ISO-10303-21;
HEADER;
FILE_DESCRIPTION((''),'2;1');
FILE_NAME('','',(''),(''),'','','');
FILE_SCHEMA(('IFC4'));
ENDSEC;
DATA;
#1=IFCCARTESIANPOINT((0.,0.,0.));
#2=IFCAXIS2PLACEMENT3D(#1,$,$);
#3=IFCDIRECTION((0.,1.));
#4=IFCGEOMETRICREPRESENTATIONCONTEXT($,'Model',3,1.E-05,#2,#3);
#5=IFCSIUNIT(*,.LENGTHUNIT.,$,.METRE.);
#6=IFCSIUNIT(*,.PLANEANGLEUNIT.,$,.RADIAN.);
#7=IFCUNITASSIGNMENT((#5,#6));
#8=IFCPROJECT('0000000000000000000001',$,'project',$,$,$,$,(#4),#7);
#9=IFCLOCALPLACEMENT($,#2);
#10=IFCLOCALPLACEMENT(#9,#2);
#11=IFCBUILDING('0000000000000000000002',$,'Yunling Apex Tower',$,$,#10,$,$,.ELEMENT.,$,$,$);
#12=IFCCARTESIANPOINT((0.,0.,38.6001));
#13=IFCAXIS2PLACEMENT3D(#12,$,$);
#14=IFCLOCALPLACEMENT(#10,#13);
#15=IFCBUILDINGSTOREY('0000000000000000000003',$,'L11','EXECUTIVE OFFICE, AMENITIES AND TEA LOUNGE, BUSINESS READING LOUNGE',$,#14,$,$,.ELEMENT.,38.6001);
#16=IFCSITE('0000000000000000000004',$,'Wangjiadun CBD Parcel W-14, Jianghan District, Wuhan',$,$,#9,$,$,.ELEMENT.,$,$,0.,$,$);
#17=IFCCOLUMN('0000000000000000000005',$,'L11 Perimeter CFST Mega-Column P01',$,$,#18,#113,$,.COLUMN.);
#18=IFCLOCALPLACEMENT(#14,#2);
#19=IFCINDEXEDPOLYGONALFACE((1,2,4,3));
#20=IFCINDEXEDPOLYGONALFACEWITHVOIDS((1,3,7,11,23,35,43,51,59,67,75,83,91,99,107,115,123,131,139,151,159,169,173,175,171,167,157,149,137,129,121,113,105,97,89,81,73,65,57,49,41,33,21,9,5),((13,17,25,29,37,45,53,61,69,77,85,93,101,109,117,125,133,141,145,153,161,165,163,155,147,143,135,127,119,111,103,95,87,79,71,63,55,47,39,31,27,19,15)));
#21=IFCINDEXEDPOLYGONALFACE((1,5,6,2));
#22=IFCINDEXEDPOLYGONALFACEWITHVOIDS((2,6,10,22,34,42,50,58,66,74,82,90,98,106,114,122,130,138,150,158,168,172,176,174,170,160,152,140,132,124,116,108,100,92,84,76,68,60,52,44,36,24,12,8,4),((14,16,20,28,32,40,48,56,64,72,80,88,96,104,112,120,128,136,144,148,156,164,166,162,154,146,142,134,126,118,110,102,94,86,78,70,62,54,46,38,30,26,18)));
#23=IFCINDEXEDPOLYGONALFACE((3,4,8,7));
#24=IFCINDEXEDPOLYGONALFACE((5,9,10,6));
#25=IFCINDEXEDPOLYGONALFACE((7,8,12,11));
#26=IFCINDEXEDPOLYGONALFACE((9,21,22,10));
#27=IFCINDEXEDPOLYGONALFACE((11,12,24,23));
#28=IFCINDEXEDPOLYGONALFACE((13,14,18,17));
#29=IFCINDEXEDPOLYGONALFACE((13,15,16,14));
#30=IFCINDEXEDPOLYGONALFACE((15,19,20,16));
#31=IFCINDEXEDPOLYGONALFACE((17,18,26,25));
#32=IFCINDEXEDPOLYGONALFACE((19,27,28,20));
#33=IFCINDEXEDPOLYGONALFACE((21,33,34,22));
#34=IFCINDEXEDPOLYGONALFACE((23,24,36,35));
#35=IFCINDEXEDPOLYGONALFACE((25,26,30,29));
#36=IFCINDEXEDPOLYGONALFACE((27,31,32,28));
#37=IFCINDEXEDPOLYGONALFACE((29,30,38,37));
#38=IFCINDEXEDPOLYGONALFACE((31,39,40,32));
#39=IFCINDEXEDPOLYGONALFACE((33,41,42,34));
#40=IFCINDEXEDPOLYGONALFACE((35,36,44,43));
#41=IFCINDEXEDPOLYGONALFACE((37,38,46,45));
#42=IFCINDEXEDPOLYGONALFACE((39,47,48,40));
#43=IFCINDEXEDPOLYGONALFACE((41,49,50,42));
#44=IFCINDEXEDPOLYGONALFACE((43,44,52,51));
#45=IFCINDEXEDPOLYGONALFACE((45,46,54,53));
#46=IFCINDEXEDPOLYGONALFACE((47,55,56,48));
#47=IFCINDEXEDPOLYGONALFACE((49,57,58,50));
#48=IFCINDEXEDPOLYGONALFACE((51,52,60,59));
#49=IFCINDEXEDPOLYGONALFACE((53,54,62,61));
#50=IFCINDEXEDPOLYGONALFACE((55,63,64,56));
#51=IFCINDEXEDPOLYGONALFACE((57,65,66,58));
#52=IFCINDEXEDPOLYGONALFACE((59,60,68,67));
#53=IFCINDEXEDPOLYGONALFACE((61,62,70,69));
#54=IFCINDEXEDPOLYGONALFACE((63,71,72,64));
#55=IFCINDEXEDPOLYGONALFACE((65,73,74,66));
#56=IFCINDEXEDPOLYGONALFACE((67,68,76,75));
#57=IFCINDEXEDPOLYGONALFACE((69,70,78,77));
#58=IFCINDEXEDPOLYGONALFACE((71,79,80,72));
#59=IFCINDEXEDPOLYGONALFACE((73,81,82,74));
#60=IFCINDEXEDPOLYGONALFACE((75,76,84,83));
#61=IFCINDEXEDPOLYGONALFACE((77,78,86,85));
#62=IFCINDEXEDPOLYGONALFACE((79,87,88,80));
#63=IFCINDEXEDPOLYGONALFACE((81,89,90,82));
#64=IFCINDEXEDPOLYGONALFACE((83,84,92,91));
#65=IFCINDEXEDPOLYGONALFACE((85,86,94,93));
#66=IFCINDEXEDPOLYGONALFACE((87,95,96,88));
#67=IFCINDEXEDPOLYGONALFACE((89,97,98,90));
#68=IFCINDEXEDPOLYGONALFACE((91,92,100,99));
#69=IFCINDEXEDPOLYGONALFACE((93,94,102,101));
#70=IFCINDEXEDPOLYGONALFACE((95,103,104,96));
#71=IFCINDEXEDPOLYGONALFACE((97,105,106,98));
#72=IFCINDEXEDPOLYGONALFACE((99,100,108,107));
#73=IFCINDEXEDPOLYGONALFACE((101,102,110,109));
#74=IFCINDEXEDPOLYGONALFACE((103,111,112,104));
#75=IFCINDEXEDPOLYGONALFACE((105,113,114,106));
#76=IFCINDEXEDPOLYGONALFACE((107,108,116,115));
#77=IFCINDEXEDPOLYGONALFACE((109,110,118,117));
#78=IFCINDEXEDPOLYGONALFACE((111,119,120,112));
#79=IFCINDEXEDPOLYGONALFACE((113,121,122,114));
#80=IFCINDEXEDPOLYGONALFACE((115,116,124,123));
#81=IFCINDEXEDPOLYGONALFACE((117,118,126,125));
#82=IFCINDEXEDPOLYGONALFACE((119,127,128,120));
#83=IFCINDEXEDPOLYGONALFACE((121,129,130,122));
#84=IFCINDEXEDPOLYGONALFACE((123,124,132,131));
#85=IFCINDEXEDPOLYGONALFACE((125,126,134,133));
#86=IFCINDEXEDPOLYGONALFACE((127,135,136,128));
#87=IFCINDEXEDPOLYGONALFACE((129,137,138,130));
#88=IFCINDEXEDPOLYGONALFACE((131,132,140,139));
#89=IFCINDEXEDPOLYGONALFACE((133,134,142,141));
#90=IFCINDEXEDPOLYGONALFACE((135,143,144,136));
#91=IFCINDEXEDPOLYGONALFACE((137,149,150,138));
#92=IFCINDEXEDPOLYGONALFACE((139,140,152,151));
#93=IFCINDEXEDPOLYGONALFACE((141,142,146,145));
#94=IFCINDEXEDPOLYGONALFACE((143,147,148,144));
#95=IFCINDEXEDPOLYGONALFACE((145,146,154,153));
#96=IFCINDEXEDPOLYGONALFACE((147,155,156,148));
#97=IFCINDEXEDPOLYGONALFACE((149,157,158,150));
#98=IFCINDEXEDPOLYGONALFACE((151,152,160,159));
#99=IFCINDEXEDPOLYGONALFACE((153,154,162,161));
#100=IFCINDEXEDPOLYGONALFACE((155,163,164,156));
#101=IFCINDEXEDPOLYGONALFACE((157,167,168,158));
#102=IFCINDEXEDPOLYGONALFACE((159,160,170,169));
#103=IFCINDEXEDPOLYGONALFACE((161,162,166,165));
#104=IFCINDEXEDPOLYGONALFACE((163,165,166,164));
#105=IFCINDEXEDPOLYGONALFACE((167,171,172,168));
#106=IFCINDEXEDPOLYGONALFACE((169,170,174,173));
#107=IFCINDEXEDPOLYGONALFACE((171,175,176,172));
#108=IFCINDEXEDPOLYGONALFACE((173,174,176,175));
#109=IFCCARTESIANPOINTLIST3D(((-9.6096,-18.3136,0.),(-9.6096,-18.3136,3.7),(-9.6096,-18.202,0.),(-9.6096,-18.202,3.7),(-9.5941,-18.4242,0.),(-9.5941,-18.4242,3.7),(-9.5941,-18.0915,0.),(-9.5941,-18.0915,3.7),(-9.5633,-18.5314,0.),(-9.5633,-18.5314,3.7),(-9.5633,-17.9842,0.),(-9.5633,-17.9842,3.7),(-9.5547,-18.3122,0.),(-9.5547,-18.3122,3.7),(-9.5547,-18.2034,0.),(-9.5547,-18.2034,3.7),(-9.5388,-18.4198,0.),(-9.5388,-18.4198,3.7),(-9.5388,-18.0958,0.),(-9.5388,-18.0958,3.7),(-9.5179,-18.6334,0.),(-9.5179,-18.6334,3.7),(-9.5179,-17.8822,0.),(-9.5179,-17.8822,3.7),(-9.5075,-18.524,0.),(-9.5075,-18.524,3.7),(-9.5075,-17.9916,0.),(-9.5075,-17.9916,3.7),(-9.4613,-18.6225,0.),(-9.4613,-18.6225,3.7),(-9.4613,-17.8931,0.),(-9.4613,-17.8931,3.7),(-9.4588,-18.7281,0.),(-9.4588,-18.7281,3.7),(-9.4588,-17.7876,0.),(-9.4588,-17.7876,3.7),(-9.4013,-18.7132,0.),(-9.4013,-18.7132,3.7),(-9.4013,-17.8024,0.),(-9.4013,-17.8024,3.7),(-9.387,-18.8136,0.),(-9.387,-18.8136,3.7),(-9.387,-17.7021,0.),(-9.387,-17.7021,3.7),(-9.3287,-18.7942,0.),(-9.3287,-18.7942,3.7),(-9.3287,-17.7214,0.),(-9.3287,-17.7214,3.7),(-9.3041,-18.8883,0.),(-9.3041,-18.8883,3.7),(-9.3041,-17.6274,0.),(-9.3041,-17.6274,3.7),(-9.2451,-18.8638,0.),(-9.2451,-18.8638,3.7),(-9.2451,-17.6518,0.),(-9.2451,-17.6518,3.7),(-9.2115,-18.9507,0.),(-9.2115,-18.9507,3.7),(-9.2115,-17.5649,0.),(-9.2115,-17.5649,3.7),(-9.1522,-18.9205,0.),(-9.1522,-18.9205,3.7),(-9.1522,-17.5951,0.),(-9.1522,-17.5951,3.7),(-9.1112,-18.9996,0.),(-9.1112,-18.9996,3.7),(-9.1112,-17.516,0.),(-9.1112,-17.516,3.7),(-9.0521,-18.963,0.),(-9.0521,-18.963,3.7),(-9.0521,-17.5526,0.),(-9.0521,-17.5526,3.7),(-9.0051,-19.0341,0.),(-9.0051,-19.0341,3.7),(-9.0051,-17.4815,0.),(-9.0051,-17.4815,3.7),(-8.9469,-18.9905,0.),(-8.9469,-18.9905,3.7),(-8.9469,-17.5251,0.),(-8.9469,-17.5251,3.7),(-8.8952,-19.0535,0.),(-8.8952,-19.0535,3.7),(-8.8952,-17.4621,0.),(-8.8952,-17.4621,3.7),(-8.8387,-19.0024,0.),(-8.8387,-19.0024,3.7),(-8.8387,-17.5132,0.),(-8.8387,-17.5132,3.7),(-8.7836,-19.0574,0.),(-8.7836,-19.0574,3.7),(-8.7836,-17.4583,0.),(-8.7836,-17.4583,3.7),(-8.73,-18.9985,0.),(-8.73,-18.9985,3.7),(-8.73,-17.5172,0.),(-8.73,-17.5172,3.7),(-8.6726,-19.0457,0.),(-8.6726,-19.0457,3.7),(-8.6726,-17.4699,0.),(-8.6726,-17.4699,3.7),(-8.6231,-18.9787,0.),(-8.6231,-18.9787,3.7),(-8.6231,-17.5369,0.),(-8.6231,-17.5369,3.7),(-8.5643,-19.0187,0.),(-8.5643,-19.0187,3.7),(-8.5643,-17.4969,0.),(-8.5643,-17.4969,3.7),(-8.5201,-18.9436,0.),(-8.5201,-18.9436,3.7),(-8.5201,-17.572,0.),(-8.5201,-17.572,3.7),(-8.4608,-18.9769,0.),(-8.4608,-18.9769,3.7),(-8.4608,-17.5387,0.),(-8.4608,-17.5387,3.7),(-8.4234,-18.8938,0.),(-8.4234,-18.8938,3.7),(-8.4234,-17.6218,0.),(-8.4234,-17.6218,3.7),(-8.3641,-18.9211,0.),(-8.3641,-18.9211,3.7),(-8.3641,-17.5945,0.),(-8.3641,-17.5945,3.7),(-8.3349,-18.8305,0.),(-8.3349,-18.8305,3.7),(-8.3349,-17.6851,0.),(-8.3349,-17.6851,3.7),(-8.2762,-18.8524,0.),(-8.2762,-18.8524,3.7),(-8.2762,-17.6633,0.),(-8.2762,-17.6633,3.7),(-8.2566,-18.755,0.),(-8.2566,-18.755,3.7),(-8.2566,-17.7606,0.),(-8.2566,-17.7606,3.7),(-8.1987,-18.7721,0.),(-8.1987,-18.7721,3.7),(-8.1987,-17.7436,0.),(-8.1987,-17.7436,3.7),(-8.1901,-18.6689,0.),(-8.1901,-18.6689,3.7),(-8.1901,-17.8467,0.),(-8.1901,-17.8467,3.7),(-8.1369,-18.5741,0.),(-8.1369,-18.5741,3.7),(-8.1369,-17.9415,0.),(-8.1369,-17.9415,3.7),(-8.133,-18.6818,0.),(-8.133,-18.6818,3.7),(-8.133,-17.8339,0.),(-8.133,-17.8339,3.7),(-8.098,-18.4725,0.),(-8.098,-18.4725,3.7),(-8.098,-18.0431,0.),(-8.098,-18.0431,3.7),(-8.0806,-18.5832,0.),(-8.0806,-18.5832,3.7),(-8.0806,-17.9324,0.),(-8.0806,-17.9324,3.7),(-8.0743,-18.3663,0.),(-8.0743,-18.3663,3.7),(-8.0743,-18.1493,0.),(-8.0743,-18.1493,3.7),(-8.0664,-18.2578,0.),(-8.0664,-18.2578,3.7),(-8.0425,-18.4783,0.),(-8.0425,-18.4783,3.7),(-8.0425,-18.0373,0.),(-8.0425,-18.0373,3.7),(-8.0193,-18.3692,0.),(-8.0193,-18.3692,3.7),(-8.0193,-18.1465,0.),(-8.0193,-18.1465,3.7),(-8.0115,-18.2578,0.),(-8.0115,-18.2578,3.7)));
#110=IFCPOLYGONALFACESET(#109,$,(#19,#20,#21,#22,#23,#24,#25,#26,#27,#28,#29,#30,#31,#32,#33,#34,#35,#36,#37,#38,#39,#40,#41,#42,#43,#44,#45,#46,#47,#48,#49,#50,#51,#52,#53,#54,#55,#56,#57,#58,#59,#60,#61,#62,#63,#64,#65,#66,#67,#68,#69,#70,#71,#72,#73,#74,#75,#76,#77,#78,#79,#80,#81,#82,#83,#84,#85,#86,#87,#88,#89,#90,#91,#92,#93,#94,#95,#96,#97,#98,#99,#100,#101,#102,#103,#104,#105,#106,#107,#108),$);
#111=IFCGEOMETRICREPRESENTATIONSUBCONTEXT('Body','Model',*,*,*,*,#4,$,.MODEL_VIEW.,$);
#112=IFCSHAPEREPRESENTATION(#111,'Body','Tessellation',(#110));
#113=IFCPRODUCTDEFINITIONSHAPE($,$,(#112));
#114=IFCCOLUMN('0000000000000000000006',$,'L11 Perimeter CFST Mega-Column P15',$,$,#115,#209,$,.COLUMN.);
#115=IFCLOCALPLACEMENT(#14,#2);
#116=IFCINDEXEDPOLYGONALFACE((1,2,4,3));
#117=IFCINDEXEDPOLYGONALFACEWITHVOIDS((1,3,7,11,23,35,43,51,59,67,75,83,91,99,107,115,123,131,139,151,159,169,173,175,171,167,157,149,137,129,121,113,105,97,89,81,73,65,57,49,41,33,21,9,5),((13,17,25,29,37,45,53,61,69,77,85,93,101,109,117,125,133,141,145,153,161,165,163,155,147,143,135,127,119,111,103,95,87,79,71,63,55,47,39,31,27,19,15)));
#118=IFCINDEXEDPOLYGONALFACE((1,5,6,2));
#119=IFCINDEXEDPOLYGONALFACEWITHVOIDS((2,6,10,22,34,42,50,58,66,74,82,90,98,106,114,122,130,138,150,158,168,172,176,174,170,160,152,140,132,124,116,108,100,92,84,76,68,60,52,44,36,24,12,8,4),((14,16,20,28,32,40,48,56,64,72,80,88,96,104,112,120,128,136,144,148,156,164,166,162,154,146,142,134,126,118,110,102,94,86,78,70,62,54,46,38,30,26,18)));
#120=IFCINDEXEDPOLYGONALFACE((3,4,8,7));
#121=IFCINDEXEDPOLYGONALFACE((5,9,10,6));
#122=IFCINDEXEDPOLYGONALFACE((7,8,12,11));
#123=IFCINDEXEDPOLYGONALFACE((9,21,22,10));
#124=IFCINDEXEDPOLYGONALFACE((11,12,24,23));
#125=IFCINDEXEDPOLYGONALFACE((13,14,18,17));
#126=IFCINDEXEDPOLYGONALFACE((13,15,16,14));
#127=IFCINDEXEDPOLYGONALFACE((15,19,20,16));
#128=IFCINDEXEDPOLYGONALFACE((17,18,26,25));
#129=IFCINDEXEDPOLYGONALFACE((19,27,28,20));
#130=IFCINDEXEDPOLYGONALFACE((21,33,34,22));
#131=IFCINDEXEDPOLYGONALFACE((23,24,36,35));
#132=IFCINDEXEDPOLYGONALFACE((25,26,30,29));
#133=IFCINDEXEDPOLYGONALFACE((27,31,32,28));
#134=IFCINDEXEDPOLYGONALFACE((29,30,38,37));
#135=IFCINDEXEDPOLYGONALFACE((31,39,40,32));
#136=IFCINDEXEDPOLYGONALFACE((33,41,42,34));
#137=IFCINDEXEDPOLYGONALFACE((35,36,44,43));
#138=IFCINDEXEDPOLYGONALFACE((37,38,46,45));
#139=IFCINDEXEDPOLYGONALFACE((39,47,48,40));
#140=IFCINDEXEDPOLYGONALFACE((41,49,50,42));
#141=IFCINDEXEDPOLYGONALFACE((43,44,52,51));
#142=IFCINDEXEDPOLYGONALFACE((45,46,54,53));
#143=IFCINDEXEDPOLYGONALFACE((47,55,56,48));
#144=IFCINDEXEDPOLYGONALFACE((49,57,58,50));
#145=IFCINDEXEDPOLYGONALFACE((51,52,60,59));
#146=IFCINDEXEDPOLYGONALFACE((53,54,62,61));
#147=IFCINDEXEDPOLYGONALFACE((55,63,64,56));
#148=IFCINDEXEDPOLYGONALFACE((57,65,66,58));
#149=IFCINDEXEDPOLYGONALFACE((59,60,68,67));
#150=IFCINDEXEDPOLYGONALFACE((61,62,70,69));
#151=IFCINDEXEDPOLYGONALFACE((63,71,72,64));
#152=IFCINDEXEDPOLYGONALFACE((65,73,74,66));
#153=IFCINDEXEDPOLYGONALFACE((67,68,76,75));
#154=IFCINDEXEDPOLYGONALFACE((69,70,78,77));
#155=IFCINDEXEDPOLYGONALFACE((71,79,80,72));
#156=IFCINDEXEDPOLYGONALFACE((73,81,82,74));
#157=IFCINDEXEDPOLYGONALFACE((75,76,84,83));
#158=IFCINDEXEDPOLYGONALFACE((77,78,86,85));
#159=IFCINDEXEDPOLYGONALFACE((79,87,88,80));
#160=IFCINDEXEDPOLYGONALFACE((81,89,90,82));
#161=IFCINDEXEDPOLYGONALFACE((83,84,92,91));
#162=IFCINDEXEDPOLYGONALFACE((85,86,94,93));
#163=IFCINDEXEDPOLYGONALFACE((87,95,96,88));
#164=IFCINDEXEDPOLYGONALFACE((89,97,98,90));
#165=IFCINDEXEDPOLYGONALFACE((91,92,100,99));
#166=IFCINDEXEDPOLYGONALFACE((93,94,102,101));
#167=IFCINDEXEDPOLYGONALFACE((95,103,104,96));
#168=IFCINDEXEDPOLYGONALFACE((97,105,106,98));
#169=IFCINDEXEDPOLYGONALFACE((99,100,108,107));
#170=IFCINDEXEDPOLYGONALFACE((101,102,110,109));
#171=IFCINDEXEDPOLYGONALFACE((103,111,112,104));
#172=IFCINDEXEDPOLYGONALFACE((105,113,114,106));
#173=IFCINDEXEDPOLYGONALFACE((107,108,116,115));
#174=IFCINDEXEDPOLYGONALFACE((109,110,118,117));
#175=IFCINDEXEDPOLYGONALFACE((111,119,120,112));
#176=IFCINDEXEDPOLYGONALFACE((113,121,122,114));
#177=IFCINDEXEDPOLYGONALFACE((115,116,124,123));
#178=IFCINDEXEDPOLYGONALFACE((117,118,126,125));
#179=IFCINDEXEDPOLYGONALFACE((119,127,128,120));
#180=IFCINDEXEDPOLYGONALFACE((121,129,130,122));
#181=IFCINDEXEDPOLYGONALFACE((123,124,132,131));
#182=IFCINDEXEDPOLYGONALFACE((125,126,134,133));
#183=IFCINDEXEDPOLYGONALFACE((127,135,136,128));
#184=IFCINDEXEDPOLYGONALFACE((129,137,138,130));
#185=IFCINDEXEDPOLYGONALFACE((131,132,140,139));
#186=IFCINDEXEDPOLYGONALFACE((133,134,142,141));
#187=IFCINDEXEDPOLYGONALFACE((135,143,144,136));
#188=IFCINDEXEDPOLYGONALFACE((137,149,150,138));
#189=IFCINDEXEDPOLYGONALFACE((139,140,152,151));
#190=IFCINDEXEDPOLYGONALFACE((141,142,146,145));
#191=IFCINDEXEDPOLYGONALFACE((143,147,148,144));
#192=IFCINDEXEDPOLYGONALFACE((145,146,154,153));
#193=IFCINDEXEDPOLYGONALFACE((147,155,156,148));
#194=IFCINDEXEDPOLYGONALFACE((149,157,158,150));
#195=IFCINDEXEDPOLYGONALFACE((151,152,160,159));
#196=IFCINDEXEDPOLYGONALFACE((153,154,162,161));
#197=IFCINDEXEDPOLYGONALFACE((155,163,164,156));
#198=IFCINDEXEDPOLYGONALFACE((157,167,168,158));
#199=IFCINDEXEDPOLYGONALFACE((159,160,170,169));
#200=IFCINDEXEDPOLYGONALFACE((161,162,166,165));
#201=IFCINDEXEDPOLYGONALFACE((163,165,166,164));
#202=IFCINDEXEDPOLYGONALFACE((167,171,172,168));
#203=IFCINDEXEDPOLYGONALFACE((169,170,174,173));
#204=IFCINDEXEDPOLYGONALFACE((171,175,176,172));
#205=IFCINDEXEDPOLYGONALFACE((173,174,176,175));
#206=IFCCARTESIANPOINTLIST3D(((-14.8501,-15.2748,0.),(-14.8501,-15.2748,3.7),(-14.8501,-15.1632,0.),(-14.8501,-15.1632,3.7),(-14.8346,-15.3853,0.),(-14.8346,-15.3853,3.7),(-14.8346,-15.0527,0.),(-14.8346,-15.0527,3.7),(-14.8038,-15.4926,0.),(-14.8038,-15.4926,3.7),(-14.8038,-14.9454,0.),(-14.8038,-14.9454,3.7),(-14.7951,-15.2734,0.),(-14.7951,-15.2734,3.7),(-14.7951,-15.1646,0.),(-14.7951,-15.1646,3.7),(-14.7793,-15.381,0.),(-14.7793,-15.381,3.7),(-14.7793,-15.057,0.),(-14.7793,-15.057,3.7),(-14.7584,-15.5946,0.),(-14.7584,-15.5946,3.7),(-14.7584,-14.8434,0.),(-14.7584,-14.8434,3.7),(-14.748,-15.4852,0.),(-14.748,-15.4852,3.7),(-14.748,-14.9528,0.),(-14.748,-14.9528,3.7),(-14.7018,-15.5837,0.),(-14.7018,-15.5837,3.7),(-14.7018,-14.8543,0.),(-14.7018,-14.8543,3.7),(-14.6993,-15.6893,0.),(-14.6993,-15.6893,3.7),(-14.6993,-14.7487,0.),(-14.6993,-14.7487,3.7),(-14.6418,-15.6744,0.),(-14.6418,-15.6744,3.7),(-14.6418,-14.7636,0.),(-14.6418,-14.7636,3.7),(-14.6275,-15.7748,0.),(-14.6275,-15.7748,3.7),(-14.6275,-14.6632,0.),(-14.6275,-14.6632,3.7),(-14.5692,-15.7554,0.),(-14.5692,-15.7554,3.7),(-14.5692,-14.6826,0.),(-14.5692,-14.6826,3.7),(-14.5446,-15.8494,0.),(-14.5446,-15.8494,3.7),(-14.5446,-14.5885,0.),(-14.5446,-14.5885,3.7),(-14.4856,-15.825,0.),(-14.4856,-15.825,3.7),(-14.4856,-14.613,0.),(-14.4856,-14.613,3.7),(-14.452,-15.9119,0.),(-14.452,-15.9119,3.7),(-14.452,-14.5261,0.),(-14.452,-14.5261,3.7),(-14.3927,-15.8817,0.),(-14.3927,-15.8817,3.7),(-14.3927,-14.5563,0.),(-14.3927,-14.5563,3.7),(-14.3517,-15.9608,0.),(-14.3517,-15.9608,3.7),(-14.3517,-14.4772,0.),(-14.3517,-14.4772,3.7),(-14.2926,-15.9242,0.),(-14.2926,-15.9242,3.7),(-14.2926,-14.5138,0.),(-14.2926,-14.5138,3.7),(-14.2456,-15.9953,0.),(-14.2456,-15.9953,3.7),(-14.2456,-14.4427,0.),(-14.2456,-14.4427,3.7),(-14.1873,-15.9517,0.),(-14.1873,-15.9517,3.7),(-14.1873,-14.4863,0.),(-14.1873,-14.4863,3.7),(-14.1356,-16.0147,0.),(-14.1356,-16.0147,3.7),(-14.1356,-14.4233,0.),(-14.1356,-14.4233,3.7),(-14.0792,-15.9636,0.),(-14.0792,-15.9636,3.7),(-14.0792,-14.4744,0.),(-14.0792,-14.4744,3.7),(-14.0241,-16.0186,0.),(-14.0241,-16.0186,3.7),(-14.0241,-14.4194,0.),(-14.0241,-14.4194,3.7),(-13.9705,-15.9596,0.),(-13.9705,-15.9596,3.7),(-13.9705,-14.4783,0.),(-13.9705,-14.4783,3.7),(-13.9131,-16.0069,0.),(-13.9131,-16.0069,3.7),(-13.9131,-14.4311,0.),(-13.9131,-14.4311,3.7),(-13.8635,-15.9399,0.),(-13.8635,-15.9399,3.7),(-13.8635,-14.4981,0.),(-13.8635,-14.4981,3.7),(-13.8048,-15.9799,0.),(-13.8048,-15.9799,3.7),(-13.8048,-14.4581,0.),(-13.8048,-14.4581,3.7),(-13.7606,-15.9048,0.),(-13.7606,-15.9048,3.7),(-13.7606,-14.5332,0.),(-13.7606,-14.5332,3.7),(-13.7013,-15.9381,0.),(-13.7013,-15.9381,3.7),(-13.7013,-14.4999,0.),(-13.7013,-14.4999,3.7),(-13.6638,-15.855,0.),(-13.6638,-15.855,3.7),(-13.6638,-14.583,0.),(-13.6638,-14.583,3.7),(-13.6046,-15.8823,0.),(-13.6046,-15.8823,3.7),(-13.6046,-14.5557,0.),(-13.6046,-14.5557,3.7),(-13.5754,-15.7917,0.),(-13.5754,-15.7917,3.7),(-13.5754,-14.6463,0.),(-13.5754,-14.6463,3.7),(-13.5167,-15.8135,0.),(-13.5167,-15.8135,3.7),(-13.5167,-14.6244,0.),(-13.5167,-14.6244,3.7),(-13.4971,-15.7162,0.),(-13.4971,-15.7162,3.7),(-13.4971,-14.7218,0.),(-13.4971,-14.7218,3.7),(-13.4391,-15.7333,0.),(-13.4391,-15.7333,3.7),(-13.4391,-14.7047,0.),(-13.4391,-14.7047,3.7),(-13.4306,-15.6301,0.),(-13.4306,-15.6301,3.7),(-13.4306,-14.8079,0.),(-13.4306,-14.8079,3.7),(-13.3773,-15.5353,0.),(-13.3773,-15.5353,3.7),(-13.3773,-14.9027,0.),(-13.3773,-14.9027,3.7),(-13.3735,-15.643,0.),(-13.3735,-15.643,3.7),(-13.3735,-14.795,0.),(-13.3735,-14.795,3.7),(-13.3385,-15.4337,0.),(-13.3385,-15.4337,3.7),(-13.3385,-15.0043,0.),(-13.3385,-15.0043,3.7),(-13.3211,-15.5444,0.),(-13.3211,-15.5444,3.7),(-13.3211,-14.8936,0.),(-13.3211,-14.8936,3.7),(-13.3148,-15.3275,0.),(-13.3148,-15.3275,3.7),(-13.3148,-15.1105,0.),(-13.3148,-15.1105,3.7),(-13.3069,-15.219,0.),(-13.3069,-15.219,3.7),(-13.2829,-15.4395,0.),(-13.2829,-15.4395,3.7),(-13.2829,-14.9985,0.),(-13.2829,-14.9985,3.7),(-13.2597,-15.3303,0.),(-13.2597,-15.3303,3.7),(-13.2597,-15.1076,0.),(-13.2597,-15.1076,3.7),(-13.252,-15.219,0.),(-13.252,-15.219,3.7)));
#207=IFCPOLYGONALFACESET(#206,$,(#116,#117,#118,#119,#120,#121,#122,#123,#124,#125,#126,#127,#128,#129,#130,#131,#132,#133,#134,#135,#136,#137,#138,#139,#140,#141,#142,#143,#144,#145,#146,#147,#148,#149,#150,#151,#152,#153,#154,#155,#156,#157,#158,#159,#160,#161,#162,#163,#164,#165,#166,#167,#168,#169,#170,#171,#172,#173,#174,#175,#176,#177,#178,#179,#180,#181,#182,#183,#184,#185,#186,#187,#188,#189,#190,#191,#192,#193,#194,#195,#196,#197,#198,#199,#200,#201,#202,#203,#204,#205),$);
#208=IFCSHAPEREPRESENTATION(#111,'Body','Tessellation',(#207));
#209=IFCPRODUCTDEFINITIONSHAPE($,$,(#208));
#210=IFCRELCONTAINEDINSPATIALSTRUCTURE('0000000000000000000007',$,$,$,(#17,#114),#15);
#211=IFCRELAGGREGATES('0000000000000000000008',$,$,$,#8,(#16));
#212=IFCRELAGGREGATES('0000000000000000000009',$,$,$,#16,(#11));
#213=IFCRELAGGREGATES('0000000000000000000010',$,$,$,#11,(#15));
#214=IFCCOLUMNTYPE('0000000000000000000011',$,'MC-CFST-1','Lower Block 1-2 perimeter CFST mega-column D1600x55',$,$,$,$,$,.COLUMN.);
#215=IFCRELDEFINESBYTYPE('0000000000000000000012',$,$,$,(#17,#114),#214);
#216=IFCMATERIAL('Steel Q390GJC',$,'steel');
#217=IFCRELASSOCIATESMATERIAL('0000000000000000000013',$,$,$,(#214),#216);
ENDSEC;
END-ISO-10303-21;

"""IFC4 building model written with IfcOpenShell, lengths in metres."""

from ifc_helpers import new_model, si_unit, direction, frame, origin, origin_2d, place, context, subcontext, project, spatial, hollow_circle, extrude, source, transform, mapped, material, material_profile, profile_set, type_object, element, save


model = new_model("IFC4")

# Units and contexts
model_context = context("Model", 3, precision=1e-05, world=origin(), true_north=direction((0.0, 1.0)))
body_context = subcontext(model_context, "Body", "Model", "MODEL_VIEW")
ifc_project = project(units=[si_unit("LENGTHUNIT", "METRE"), si_unit("PLANEANGLEUNIT", "RADIAN")], contexts=[model_context])

# Site, building, storey
site_placement = place(None, origin())
site = spatial("IfcSite", under=ifc_project, at=site_placement, Name="Wangjiadun CBD Parcel W-14, Jianghan District, Wuhan", CompositionType="ELEMENT", RefElevation=0.0)
building_placement = place(site_placement, origin())
building = spatial("IfcBuilding", under=site, at=building_placement, Name="Yunling Apex Tower", CompositionType="ELEMENT")
storey_placement = place(building_placement, frame((0.0, 0.0, 38.6001)))
storey = spatial("IfcBuildingStorey", under=building, at=storey_placement, Name="L11", Description="EXECUTIVE OFFICE, AMENITIES AND TEA LOUNGE, BUSINESS READING LOUNGE", CompositionType="ELEMENT", Elevation=38.6001)

# Columns
ifc_material_1 = material(Name="Steel Q390GJC", Category="steel")
ifc_material_profile_1 = material_profile(ifc_material_1, hollow_circle(Radius=0.8, WallThickness=0.0549, at=origin_2d()))
ifc_profile_set_1 = profile_set([ifc_material_profile_1], Name="Steel Q390GJC")
column_type = type_object("IfcColumnType", Name="MC-CFST-1", Description="Lower Block 1-2 perimeter CFST mega-column D1600x55", PredefinedType="COLUMN", material=ifc_profile_set_1)
shared_shape_1 = source(origin(), body_context, "Body", "SweptSolid", [
    extrude(hollow_circle(Radius=0.8, WallThickness=0.0549, at=origin_2d()), origin(), (0.0, 0.0, 1.0), 3.7),
])
for number, where, z_axis, x_axis, name in (
    (1, (-8.8115, -18.2578, 0.0), (0.0, 0.0, 1.0), (1.0, 0.0, 0.0), "L11 Perimeter CFST Mega-Column P01"),
    (2, (-14.052, -15.219, 0.0), (0.0, 0.0, 1.0), (1.0, 0.0, 0.0), "L11 Perimeter CFST Mega-Column P15"),
):
    element("IfcColumn", number, at=place(storey_placement, frame(where, z_axis=z_axis, x_axis=x_axis)), inside=storey, type_object=column_type, Name=name, PredefinedType="COLUMN", context=body_context, shape_type="MappedRepresentation", body=[
        mapped(shared_shape_1, transform((0.0, 0.0, 0.0), scale=1.0)),
    ])

save(model, "model.ifc")
